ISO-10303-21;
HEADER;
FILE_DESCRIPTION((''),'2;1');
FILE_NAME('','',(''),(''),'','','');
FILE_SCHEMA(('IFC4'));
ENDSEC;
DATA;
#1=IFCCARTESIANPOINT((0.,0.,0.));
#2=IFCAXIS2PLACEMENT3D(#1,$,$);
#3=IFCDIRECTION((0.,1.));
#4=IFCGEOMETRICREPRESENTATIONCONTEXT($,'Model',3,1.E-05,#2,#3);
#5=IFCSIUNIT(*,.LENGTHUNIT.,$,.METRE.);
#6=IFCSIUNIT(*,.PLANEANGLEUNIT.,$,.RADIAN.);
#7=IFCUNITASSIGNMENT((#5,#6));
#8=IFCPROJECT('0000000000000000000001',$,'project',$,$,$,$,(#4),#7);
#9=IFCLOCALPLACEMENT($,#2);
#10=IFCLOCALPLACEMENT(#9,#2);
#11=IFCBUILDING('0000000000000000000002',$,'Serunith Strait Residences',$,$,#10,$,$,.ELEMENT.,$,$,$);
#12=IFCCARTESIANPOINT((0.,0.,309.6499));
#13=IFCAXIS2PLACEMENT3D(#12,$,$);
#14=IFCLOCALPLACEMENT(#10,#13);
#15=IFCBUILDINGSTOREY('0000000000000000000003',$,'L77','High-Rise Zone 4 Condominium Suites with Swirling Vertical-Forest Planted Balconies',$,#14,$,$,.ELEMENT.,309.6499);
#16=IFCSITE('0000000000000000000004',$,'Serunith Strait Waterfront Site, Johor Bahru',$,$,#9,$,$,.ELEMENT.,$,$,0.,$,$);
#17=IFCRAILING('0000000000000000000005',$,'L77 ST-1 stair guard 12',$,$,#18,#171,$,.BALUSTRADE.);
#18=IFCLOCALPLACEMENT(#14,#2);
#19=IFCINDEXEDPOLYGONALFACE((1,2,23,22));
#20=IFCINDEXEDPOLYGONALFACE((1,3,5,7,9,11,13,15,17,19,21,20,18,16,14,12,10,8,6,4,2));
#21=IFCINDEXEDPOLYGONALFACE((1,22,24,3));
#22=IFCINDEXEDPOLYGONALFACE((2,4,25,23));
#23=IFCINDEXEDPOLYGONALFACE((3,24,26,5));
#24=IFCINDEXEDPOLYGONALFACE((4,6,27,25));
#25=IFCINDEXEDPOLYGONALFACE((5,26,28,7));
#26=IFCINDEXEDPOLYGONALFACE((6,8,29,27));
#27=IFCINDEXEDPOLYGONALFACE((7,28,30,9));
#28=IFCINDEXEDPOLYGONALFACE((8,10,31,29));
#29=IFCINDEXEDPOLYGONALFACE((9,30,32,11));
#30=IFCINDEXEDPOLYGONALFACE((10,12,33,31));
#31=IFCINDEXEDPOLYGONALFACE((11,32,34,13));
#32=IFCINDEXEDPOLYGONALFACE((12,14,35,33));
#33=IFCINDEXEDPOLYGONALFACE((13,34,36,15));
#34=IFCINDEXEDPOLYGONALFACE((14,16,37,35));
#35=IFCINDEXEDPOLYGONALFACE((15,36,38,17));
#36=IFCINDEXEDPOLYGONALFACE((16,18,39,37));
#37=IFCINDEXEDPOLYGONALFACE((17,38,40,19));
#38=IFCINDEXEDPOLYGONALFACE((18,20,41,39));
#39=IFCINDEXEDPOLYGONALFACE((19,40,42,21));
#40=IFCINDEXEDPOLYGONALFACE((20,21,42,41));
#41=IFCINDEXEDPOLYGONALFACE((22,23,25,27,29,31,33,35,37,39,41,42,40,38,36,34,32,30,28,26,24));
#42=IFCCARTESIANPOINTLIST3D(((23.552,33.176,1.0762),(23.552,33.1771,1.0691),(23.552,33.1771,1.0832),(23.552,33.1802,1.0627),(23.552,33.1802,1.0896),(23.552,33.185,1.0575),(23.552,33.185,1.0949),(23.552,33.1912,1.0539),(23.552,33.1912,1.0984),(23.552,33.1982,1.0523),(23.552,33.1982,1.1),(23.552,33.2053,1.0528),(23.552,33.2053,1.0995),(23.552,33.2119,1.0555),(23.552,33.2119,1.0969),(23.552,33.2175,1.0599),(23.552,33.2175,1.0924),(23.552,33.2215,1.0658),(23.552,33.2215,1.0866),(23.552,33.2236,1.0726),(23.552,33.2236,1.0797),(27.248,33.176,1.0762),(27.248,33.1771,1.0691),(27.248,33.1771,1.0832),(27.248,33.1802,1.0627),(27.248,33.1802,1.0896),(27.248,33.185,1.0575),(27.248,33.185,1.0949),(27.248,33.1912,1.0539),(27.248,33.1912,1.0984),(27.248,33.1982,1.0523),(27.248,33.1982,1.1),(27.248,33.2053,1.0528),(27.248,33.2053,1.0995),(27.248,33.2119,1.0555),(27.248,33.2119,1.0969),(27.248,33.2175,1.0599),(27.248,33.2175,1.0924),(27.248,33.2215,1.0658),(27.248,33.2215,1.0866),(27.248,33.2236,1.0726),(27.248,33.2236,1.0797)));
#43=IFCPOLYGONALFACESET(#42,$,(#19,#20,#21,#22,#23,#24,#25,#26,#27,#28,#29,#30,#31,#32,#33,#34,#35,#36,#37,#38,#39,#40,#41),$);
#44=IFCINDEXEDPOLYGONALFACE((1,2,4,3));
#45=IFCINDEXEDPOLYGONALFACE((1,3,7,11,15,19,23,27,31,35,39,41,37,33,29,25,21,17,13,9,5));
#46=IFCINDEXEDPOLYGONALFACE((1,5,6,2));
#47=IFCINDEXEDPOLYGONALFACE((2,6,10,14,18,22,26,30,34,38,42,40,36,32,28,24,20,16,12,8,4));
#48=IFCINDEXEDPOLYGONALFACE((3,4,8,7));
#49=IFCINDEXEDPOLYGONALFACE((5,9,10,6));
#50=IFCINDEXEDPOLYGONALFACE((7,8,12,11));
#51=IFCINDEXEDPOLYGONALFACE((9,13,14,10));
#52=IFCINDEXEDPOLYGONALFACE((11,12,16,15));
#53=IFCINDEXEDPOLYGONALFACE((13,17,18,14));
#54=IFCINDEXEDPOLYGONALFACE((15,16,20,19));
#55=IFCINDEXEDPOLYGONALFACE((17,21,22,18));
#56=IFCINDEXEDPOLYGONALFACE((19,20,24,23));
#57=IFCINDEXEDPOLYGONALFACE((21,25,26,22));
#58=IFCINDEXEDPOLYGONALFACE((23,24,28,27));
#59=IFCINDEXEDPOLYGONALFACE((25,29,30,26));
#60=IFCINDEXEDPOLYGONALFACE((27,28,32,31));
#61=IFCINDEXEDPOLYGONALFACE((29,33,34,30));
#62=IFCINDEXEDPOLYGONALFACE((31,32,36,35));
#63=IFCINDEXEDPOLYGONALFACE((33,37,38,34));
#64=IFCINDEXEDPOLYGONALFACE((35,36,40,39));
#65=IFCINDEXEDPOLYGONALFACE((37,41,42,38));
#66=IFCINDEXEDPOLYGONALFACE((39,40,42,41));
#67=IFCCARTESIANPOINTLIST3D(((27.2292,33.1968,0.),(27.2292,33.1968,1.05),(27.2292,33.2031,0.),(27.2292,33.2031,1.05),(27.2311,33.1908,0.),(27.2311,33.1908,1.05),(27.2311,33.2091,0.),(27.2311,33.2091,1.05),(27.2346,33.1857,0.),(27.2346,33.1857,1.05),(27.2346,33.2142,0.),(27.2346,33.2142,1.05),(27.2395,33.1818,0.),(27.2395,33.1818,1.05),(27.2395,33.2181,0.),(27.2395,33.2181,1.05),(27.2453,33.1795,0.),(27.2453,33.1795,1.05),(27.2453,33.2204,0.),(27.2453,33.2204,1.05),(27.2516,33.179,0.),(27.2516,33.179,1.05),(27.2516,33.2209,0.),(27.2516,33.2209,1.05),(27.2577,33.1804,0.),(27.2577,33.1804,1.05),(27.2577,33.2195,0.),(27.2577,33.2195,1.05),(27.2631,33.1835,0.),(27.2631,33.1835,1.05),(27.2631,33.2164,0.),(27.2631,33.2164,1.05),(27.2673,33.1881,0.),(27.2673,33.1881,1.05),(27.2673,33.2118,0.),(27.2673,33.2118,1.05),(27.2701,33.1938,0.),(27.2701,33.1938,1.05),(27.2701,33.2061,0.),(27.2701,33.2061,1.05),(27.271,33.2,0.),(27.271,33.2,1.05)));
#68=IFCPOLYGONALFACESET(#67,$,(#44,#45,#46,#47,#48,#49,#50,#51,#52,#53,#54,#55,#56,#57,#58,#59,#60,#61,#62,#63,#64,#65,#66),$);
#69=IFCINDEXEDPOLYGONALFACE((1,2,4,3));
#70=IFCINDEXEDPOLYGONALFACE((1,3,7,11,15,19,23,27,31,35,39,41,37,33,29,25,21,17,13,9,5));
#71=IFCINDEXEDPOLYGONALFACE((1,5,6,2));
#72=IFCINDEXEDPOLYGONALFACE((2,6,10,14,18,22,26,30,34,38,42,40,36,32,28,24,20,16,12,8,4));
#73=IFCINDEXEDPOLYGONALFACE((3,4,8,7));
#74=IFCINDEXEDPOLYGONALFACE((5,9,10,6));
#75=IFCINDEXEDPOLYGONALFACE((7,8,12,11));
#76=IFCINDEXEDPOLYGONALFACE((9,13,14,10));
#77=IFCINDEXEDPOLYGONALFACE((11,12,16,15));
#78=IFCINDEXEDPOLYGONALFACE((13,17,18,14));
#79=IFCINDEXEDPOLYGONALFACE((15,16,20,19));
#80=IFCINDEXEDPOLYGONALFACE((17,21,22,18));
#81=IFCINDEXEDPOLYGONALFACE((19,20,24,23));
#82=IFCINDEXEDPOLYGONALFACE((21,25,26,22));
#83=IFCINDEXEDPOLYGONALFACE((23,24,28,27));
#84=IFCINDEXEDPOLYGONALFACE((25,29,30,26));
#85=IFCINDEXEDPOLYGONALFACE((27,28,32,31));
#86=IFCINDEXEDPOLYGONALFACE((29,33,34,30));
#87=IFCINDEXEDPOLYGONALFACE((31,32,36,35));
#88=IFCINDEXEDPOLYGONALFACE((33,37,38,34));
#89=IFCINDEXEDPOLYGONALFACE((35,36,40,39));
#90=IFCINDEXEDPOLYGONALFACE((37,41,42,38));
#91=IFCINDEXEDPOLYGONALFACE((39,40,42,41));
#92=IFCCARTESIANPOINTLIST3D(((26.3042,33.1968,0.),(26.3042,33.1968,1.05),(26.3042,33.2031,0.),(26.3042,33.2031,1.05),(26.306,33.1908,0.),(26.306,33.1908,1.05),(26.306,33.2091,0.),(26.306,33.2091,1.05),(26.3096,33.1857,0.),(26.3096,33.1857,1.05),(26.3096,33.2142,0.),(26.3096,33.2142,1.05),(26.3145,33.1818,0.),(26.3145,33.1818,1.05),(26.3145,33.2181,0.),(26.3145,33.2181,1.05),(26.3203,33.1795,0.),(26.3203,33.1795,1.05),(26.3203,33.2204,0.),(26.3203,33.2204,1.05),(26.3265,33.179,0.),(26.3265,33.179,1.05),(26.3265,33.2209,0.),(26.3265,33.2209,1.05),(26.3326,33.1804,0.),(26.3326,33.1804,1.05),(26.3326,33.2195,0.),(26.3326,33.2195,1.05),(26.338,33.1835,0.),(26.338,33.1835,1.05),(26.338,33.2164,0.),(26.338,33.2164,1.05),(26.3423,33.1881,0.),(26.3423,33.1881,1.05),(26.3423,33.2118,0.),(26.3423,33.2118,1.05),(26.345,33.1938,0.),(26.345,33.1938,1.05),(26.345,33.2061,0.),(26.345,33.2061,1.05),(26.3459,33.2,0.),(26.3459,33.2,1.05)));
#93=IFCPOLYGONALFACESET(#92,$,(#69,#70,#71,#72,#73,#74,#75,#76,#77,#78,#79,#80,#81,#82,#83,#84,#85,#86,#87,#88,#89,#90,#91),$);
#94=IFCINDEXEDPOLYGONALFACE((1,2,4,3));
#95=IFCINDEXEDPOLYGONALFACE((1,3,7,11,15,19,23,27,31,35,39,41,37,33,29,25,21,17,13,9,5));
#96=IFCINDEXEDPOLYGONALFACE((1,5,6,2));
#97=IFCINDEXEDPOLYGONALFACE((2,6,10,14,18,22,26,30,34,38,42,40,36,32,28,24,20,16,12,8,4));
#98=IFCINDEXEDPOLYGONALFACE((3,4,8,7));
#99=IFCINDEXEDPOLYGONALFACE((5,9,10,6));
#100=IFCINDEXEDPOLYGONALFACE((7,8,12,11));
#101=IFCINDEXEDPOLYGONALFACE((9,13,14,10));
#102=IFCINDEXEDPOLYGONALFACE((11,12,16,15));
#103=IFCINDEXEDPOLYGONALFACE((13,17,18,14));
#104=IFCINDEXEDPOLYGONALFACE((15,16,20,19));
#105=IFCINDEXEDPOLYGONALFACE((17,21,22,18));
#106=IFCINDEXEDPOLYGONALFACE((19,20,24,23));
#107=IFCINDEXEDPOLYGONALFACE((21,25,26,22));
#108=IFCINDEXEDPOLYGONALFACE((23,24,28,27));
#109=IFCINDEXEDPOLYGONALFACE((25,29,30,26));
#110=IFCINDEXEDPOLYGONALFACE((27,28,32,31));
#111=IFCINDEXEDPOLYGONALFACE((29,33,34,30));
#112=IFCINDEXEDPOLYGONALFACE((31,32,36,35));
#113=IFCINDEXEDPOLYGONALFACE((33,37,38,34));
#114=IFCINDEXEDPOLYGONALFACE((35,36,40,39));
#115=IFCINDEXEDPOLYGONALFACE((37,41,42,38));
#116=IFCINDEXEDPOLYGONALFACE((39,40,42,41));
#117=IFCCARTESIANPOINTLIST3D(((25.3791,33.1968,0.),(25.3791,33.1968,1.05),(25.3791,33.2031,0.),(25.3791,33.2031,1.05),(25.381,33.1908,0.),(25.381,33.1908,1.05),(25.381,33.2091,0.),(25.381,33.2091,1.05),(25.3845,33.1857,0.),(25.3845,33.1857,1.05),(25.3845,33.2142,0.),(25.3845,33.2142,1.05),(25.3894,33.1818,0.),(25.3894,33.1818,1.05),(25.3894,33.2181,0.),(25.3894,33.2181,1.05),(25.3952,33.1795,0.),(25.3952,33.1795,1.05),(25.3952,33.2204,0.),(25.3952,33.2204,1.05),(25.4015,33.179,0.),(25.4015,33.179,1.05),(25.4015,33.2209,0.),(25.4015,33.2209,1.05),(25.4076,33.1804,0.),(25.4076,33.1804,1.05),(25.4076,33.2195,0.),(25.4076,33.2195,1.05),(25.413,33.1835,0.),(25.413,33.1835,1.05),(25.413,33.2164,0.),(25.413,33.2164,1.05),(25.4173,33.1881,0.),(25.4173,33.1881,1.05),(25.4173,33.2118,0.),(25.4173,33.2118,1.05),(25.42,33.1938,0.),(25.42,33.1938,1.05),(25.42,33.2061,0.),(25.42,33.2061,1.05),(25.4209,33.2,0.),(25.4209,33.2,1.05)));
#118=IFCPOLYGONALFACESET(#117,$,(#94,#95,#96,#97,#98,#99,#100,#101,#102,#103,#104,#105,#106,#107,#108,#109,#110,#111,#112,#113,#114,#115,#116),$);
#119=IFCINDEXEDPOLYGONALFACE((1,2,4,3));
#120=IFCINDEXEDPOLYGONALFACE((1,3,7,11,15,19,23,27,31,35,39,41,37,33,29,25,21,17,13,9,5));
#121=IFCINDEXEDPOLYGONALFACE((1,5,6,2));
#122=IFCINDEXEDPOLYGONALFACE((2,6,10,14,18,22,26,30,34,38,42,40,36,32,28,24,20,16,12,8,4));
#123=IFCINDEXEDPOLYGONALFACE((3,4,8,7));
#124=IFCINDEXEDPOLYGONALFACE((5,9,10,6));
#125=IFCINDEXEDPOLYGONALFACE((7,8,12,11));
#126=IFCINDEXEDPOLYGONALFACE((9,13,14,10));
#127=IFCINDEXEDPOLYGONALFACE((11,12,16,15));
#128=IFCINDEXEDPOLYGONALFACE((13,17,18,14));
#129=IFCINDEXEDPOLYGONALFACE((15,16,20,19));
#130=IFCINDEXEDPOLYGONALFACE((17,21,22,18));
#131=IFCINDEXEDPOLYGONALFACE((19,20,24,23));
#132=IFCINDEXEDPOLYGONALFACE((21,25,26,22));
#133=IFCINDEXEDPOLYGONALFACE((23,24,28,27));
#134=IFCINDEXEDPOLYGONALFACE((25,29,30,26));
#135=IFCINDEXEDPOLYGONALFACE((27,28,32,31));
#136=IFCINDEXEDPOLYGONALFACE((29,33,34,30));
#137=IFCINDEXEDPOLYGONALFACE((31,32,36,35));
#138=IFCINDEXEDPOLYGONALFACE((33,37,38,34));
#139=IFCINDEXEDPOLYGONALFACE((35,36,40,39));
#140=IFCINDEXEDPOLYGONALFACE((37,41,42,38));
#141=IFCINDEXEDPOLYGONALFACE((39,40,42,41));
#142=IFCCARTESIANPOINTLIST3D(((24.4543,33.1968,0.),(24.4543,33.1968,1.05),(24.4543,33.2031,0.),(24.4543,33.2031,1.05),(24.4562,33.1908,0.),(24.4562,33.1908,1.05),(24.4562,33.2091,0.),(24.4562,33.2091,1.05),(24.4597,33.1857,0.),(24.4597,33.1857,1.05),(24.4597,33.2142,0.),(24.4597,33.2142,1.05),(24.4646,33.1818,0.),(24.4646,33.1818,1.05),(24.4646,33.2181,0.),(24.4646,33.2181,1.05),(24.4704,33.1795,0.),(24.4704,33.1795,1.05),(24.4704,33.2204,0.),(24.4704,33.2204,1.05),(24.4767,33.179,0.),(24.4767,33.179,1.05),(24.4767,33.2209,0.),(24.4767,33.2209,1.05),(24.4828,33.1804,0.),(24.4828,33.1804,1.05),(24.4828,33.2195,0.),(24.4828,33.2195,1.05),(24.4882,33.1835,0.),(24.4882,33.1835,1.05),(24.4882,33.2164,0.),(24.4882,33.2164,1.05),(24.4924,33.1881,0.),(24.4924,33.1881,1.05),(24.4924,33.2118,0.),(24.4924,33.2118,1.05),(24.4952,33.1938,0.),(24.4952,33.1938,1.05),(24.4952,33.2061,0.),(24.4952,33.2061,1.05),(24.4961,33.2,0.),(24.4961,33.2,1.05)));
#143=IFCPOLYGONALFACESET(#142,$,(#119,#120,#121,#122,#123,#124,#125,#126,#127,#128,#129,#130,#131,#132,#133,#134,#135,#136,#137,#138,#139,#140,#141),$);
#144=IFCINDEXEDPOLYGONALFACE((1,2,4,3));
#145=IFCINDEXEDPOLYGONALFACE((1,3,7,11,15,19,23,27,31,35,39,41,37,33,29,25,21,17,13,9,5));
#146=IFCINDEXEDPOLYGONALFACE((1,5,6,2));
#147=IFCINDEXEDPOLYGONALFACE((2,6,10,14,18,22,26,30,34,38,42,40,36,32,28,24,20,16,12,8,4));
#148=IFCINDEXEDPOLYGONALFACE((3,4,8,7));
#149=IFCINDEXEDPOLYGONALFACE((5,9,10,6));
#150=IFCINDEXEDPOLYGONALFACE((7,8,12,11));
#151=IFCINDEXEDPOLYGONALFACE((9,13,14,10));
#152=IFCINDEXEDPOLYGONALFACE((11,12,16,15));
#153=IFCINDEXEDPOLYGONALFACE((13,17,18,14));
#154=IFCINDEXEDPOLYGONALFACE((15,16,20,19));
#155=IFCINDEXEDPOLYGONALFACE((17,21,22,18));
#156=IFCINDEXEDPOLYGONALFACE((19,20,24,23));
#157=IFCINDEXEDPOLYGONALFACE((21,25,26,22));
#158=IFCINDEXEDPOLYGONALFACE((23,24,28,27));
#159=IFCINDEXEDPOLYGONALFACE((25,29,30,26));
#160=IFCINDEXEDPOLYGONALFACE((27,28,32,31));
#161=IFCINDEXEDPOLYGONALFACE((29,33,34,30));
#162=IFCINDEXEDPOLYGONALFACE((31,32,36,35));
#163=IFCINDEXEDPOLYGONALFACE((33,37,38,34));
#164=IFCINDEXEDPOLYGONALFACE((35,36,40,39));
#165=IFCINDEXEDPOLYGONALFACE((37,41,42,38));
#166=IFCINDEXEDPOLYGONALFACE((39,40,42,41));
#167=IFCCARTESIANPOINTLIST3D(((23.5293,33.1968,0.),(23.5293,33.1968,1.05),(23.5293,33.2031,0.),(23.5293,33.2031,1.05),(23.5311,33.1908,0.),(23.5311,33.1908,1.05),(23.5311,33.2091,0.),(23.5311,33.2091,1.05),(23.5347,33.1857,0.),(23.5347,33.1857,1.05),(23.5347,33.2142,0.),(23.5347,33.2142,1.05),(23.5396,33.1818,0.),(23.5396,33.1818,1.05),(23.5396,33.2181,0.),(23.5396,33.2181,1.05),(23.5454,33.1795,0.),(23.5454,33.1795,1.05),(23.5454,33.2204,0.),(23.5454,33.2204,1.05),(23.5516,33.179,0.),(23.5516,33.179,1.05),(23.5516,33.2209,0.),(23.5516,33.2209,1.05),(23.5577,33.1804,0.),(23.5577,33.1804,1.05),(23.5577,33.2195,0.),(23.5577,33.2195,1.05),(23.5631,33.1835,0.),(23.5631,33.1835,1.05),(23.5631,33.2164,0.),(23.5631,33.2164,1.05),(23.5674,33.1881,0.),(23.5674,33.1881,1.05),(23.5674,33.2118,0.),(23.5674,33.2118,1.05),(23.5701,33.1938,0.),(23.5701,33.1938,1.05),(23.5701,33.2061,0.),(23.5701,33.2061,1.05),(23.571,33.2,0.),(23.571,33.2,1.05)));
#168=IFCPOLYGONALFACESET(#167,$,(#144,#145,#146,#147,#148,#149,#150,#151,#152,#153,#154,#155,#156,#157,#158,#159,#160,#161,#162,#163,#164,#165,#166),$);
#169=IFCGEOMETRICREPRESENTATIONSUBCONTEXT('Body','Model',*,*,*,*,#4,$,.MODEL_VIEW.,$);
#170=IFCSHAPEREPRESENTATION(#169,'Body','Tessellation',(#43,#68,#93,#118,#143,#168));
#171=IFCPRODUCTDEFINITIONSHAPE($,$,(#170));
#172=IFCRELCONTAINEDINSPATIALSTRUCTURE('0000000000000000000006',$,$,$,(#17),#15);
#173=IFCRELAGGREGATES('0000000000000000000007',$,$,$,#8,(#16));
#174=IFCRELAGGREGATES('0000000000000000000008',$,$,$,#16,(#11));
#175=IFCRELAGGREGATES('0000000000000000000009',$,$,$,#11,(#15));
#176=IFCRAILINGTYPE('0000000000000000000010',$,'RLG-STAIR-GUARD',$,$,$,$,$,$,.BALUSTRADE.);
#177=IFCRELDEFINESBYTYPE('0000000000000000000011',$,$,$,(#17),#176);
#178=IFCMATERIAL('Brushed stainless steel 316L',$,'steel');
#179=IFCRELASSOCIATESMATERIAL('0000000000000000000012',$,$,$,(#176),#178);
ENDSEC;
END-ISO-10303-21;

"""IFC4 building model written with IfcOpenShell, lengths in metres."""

from ifc_helpers import new_model, si_unit, direction, frame, origin, origin_2d, place, context, subcontext, project, spatial, circle, extrude, material, type_object, element, save


model = new_model("IFC4")

# Units and contexts
model_context = context("Model", 3, precision=1e-05, world=origin(), true_north=direction((0.0, 1.0)))
body_context = subcontext(model_context, "Body", "Model", "MODEL_VIEW")
ifc_project = project(units=[si_unit("LENGTHUNIT", "METRE"), si_unit("PLANEANGLEUNIT", "RADIAN")], contexts=[model_context])

# Site, building, storey
site_placement = place(None, origin())
site = spatial("IfcSite", under=ifc_project, at=site_placement, Name="Serunith Strait Waterfront Site, Johor Bahru", CompositionType="ELEMENT", RefElevation=0.0)
building_placement = place(site_placement, origin())
building = spatial("IfcBuilding", under=site, at=building_placement, Name="Serunith Strait Residences", CompositionType="ELEMENT")
storey_placement = place(building_placement, frame((0.0, 0.0, 309.6499)))
storey = spatial("IfcBuildingStorey", under=building, at=storey_placement, Name="L77", Description="High-Rise Zone 4 Condominium Suites with Swirling Vertical-Forest Planted Balconies", CompositionType="ELEMENT", Elevation=309.6499)

# Railing
ifc_material_1 = material(Name="Brushed stainless steel 316L", Category="steel")
railing_type_1 = type_object("IfcRailingType", Name="RLG-STAIR-GUARD", PredefinedType="BALUSTRADE", material=ifc_material_1)
railing_1_placement = place(storey_placement, frame((27.25, 33.2, 0.0)))
element("IfcRailing", 1, at=railing_1_placement, inside=storey, type_object=railing_type_1, Name="L77 ST-1 stair guard 12", PredefinedType="BALUSTRADE", context=body_context, shape_type="SweptSolid", body=[
    extrude(circle(Radius=0.0239, at=origin_2d()), frame((-0.002, 0.0, 1.0762), z_axis=(-1.0, 0.0, 0.0), x_axis=(0.0, -1.0, 0.0)), (0.0, 0.0, 1.0), 3.696),
    extrude(circle(Radius=0.021, at=origin_2d()), origin(), (0.0, 0.0, 1.0), 1.05),
    extrude(circle(Radius=0.021, at=origin_2d()), frame((-0.925, 0.0, 0.0)), (0.0, 0.0, 1.0), 1.05),
    extrude(circle(Radius=0.021, at=origin_2d()), frame((-1.8501, 0.0, 0.0)), (0.0, 0.0, 1.0), 1.05),
    extrude(circle(Radius=0.021, at=origin_2d()), frame((-2.7749, 0.0, 0.0)), (0.0, 0.0, 1.0), 1.05),
    extrude(circle(Radius=0.021, at=origin_2d()), frame((-3.7, 0.0, 0.0)), (0.0, 0.0, 1.0), 1.05),
])

save(model, "model.ifc")
